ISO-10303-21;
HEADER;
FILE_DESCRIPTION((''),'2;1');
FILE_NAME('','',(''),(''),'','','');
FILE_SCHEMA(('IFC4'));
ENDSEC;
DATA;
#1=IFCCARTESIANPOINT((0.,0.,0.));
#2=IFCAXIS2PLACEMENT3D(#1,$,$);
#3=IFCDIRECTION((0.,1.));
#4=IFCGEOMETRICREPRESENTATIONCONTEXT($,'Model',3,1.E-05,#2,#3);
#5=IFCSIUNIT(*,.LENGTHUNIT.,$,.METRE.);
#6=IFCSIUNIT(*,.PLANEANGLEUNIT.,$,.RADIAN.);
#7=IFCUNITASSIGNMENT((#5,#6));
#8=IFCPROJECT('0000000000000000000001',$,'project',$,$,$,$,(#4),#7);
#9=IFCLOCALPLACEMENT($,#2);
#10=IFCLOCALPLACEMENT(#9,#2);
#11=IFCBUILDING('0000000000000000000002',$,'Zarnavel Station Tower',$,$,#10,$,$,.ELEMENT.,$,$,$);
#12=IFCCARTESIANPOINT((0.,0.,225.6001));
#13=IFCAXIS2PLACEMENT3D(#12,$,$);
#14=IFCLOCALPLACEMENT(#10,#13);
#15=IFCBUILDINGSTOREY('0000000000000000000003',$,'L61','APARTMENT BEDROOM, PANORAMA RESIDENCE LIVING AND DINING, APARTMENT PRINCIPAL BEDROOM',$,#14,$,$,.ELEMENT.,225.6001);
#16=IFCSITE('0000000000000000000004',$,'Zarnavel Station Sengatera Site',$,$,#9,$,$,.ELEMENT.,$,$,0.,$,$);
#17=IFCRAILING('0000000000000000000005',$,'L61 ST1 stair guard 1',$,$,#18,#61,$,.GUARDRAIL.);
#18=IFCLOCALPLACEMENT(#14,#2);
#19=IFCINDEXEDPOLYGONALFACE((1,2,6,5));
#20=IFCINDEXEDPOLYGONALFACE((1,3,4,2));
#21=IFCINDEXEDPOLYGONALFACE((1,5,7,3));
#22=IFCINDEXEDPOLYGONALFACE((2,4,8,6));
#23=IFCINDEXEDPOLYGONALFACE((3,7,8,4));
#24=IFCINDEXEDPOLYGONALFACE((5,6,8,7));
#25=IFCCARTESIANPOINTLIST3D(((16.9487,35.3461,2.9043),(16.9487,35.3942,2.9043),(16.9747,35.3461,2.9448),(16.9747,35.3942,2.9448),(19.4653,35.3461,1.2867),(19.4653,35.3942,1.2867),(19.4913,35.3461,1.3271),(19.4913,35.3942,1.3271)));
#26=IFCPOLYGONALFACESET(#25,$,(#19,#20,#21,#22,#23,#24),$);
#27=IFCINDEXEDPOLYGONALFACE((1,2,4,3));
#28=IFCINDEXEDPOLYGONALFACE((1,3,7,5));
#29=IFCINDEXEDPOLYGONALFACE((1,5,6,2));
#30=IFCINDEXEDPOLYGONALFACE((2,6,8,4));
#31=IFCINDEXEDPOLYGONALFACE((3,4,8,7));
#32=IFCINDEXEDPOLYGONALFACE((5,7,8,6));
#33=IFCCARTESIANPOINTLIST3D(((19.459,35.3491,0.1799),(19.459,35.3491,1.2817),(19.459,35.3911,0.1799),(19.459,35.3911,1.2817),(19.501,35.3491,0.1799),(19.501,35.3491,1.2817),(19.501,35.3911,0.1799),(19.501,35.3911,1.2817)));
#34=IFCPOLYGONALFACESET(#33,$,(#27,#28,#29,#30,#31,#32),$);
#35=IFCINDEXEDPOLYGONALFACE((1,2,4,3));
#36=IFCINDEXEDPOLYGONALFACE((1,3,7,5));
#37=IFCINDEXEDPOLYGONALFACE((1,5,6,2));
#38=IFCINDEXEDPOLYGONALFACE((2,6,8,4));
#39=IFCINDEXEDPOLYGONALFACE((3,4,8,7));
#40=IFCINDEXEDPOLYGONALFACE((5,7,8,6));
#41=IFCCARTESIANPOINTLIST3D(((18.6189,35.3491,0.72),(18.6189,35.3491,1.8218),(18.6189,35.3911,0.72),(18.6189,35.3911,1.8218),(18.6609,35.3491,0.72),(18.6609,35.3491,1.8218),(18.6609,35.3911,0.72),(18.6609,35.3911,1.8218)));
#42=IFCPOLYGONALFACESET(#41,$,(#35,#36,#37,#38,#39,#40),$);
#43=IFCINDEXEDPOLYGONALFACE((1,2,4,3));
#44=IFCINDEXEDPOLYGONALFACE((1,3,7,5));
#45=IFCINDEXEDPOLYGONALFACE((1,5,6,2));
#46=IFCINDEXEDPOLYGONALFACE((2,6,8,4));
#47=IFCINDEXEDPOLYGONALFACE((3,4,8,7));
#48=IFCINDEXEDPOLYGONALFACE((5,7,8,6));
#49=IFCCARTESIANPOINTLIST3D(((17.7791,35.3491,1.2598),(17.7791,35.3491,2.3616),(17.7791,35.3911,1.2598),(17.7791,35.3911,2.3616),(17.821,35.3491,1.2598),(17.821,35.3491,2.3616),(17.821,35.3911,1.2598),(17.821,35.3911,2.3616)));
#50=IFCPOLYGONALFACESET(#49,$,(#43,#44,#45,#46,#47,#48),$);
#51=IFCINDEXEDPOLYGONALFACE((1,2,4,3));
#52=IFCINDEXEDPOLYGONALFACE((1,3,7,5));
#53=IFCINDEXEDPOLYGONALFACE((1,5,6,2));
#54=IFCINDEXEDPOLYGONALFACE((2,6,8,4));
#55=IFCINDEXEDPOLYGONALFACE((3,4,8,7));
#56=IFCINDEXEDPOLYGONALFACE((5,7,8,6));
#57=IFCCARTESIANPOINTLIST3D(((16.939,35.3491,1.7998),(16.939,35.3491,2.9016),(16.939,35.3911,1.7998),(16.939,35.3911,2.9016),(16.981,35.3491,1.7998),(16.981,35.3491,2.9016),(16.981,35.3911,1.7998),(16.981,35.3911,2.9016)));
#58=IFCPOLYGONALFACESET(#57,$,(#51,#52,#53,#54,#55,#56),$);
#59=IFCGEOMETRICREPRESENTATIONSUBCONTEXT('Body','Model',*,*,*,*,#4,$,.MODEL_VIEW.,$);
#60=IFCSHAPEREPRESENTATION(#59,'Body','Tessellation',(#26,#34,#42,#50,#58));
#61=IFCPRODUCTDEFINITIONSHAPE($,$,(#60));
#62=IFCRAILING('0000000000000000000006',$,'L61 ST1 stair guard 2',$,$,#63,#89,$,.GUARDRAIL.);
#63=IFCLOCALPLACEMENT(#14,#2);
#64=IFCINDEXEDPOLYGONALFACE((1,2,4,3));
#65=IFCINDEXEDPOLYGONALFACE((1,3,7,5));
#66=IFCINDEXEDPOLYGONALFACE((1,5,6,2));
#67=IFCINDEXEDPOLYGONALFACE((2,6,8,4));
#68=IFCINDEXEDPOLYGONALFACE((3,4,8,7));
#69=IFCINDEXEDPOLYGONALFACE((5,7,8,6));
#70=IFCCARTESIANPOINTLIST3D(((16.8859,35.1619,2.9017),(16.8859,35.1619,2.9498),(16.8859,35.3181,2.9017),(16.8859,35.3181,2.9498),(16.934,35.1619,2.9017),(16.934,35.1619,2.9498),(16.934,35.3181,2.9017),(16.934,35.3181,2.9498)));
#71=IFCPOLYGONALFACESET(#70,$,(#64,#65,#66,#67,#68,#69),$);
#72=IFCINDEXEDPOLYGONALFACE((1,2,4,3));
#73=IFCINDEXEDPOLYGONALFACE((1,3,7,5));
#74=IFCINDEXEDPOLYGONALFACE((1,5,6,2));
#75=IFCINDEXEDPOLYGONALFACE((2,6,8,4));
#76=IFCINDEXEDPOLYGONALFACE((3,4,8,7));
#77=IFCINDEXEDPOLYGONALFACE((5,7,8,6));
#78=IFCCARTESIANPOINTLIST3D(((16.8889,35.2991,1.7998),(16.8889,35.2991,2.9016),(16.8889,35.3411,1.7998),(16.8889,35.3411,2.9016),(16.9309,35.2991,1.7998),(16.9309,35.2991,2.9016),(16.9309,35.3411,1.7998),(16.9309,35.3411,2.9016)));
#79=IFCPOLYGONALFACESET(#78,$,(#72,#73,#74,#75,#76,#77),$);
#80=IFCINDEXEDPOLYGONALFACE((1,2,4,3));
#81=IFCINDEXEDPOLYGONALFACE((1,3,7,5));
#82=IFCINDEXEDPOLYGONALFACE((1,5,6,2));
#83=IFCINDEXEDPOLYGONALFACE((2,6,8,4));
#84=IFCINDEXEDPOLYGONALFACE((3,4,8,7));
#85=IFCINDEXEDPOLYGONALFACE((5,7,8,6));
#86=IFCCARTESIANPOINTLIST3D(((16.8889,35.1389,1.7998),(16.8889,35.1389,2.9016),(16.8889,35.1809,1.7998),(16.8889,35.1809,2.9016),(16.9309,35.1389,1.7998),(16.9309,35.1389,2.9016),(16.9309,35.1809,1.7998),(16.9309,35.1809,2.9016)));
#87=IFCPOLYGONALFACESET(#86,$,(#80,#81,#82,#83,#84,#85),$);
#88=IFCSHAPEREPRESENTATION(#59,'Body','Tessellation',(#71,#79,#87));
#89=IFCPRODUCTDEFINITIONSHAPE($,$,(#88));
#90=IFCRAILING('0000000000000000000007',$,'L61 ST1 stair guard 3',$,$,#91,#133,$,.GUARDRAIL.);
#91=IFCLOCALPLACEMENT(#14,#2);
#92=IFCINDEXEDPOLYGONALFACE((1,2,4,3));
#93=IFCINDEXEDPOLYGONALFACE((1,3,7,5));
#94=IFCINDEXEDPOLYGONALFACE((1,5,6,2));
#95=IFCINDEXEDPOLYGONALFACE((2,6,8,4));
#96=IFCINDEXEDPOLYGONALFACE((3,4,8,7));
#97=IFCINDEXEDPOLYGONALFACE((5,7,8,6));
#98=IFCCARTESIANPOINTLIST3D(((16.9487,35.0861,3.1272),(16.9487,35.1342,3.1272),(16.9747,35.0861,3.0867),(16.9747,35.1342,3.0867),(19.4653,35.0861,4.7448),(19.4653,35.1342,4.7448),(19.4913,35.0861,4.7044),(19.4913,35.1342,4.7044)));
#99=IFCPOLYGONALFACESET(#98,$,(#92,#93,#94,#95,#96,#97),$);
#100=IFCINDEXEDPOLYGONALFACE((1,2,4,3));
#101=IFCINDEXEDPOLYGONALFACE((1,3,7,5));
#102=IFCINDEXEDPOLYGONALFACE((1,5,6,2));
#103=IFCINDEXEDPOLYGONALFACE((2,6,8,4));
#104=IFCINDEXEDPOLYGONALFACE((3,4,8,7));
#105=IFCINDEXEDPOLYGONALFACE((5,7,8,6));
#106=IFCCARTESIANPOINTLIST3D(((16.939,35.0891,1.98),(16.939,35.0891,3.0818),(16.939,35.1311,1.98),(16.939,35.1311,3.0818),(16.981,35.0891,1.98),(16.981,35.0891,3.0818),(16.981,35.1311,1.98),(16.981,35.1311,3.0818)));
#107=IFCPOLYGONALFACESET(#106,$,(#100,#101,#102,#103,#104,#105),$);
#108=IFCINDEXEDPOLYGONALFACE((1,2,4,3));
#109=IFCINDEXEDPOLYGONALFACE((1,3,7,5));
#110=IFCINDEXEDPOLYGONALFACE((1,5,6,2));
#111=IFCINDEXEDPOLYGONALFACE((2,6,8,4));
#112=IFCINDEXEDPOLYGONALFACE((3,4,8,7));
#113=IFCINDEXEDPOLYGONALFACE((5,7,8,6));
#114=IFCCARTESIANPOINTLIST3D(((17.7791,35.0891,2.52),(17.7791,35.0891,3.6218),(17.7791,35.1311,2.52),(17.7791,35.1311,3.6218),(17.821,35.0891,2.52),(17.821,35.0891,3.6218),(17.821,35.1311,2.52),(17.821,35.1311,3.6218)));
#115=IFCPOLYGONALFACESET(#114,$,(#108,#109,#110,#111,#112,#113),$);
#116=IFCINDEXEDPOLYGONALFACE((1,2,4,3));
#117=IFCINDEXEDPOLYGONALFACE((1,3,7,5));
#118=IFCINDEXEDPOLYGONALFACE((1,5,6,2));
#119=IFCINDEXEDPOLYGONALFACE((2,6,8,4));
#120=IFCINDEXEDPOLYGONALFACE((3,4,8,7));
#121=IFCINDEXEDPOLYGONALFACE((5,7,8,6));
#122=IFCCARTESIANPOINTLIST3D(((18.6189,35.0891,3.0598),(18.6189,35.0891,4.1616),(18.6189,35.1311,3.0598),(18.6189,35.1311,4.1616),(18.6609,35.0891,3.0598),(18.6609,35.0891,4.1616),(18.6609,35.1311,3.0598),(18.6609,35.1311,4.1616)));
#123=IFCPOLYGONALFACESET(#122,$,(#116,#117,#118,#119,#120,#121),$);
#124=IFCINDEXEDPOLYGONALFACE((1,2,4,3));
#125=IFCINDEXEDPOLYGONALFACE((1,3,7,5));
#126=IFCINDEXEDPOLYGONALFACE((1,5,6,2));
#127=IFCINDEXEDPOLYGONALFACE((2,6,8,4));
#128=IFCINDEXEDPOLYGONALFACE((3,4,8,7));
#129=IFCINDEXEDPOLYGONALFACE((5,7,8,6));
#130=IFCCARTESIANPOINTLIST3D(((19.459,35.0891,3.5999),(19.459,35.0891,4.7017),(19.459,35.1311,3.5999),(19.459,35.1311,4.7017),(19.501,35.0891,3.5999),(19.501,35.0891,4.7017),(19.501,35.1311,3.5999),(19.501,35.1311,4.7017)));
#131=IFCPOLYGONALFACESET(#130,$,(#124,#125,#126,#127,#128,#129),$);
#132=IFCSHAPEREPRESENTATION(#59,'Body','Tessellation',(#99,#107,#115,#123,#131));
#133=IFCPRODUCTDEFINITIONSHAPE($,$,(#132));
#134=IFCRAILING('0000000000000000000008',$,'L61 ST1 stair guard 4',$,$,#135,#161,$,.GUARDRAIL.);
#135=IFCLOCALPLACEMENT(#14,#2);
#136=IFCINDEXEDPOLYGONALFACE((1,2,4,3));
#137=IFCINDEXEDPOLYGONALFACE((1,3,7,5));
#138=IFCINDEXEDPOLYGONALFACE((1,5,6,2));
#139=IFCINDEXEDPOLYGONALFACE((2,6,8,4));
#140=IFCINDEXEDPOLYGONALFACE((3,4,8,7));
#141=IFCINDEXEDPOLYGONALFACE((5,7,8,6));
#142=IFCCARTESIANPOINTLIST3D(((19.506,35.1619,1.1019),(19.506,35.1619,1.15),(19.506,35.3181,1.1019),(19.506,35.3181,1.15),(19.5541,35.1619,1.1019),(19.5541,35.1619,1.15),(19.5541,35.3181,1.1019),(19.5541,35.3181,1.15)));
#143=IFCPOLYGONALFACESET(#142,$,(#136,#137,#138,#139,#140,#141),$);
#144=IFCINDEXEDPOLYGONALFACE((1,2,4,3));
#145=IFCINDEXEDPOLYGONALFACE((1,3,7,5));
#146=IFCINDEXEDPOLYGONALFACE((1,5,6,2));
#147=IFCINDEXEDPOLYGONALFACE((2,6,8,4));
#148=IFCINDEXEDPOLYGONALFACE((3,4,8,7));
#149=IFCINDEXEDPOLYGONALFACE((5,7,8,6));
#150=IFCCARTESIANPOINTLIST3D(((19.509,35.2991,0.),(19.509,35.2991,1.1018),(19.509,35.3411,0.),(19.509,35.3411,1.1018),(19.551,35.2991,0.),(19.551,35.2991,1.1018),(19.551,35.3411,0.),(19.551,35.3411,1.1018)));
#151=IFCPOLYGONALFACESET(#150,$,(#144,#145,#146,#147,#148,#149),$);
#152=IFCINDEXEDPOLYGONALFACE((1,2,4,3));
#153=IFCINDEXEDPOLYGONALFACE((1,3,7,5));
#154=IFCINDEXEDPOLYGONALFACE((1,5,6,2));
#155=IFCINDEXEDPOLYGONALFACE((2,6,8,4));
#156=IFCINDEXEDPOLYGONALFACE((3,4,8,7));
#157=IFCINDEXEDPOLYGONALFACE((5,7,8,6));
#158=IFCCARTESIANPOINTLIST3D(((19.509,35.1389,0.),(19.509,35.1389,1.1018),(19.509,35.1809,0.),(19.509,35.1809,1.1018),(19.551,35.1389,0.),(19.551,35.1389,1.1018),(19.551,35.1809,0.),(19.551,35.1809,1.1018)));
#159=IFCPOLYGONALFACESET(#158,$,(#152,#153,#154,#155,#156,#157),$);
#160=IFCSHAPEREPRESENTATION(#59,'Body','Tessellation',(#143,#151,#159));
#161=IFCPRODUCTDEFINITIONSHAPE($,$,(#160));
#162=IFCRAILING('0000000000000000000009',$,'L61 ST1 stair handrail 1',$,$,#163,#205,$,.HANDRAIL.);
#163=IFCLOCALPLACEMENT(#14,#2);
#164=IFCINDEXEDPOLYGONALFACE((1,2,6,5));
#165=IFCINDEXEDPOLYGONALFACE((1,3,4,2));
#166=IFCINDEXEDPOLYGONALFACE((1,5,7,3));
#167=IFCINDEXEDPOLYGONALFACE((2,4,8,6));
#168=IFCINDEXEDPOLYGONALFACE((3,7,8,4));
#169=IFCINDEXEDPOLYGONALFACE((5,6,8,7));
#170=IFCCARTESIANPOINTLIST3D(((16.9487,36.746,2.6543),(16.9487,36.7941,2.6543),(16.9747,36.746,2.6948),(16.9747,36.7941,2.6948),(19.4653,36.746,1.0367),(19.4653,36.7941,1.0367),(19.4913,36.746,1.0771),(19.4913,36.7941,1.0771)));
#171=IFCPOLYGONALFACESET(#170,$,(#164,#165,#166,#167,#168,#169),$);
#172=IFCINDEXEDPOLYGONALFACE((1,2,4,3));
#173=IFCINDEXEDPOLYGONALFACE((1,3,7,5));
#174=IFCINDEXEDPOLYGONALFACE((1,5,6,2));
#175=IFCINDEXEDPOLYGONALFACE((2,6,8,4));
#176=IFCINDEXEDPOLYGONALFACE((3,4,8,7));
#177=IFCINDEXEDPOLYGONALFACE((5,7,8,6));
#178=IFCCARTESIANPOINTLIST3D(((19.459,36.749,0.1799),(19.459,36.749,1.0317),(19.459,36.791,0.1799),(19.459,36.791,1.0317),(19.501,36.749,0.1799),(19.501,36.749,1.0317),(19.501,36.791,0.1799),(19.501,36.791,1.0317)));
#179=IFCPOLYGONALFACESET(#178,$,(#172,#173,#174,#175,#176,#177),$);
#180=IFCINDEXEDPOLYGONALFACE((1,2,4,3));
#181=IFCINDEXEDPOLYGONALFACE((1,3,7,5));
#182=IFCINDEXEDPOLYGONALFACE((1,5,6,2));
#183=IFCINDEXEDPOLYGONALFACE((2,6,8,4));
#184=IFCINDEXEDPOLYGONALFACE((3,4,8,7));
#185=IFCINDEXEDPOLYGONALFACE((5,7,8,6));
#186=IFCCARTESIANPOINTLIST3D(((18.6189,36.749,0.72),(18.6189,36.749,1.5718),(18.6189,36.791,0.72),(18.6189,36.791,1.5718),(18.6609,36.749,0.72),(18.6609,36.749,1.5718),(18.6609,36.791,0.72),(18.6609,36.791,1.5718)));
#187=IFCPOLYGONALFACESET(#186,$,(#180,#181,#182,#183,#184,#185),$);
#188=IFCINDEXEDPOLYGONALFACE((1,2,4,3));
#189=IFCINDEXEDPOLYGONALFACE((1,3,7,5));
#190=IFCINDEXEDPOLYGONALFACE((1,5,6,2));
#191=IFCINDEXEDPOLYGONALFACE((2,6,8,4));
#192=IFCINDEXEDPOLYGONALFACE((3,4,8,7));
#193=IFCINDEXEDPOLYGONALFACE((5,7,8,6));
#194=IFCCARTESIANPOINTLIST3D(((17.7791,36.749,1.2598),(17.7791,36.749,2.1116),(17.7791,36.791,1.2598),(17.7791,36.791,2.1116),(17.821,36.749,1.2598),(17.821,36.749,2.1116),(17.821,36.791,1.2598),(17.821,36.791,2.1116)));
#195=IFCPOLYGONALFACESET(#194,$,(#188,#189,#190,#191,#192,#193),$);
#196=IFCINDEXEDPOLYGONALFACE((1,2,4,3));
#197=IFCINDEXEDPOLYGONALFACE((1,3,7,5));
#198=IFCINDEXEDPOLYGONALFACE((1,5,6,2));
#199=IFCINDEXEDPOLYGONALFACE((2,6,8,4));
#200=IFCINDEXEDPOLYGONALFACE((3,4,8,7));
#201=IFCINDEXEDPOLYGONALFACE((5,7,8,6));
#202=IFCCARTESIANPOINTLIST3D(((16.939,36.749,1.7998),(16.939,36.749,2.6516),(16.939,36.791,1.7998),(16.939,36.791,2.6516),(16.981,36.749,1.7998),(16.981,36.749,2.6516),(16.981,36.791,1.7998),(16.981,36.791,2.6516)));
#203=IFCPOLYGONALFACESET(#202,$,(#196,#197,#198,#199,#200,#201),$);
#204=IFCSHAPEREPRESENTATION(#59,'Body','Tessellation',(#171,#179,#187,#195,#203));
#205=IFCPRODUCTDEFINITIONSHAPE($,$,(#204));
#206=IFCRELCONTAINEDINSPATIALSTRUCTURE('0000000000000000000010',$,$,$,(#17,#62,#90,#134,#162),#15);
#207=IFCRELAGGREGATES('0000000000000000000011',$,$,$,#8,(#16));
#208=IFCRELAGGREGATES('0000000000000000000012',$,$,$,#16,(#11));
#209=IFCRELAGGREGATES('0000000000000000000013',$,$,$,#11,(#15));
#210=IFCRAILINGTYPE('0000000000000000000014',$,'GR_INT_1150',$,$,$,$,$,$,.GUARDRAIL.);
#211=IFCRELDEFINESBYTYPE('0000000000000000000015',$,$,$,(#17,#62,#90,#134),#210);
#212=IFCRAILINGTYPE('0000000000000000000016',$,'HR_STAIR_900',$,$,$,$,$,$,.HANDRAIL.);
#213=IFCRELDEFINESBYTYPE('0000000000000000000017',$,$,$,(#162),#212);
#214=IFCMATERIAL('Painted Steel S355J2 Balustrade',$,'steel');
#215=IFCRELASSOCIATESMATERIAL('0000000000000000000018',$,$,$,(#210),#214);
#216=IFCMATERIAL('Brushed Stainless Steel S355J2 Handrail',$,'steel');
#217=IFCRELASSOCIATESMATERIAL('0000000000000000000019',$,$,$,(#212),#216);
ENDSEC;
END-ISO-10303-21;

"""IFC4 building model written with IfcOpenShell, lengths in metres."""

from ifc_helpers import new_model, si_unit, direction, frame, origin, origin_2d, place, context, subcontext, project, spatial, rectangle, extrude, material, type_object, element, save


model = new_model("IFC4")

# Units and contexts
model_context = context("Model", 3, precision=1e-05, world=origin(), true_north=direction((0.0, 1.0)))
body_context = subcontext(model_context, "Body", "Model", "MODEL_VIEW")
ifc_project = project(units=[si_unit("LENGTHUNIT", "METRE"), si_unit("PLANEANGLEUNIT", "RADIAN")], contexts=[model_context])

# Site, building, storey
site_placement = place(None, origin())
site = spatial("IfcSite", under=ifc_project, at=site_placement, Name="Zarnavel Station Sengatera Site", CompositionType="ELEMENT", RefElevation=0.0)
building_placement = place(site_placement, origin())
building = spatial("IfcBuilding", under=site, at=building_placement, Name="Zarnavel Station Tower", CompositionType="ELEMENT")
storey_placement = place(building_placement, frame((0.0, 0.0, 225.6001)))
storey = spatial("IfcBuildingStorey", under=building, at=storey_placement, Name="L61", Description="APARTMENT BEDROOM, PANORAMA RESIDENCE LIVING AND DINING, APARTMENT PRINCIPAL BEDROOM", CompositionType="ELEMENT", Elevation=225.6001)

# Railings
ifc_material_1 = material(Name="Painted Steel S355J2 Balustrade", Category="steel")
railing_type_1 = type_object("IfcRailingType", Name="GR_INT_1150", PredefinedType="GUARDRAIL", material=ifc_material_1)
railing_1_placement = place(storey_placement, frame((19.48, 35.3701, 0.1799)))
element("IfcRailing", 1, at=railing_1_placement, inside=storey, type_object=railing_type_1, Name="L61 ST1 stair guard 1", PredefinedType="GUARDRAIL", context=body_context, shape_type="SweptSolid", body=[
    extrude(rectangle(XDim=0.0481, YDim=0.0481, at=origin_2d()), frame((-0.0017, 0.0, 1.127), z_axis=(-0.8412, 0.0, 0.540725), x_axis=(0.0, -1.0, 0.0)), (0.0, 0.0, 1.0), 2.9917),
    extrude(rectangle(XDim=0.042, YDim=0.042, at=origin_2d()), origin(), (0.0, 0.0, 1.0), 1.1018),
    extrude(rectangle(XDim=0.042, YDim=0.042, at=origin_2d()), frame((-0.8401, 0.0, 0.54)), (0.0, 0.0, 1.0), 1.1018),
    extrude(rectangle(XDim=0.042, YDim=0.042, at=origin_2d()), frame((-1.6799, 0.0, 1.0798)), (0.0, 0.0, 1.0), 1.1018),
    extrude(rectangle(XDim=0.042, YDim=0.042, at=origin_2d()), frame((-2.52, 0.0, 1.6199)), (0.0, 0.0, 1.0), 1.1018),
])
railing_2_placement = place(storey_placement, frame((16.9099, 35.3201, 1.7998)))
element("IfcRailing", 2, at=railing_2_placement, inside=storey, type_object=railing_type_1, Name="L61 ST1 stair guard 2", PredefinedType="GUARDRAIL", context=body_context, shape_type="SweptSolid", body=[
    extrude(rectangle(XDim=0.0481, YDim=0.0481, at=origin_2d()), frame((0.0, -0.002, 1.126), z_axis=(0.0, -1.0, 0.0), x_axis=(1.0, 0.0, 0.0)), (0.0, 0.0, 1.0), 0.1562),
    extrude(rectangle(XDim=0.042, YDim=0.042, at=origin_2d()), origin(), (0.0, 0.0, 1.0), 1.1018),
    extrude(rectangle(XDim=0.042, YDim=0.042, at=origin_2d()), frame((0.0, -0.1602, 0.0)), (0.0, 0.0, 1.0), 1.1018),
])
railing_3_placement = place(storey_placement, frame((16.96, 35.1101, 1.98)))
element("IfcRailing", 3, at=railing_3_placement, inside=storey, type_object=railing_type_1, Name="L61 ST1 stair guard 3", PredefinedType="GUARDRAIL", context=body_context, shape_type="SweptSolid", body=[
    extrude(rectangle(XDim=0.0481, YDim=0.0481, at=origin_2d()), frame((0.0017, 0.0, 1.127), z_axis=(0.8412, 0.0, 0.540725), x_axis=(0.0, 1.0, 0.0)), (0.0, 0.0, 1.0), 2.9917),
    extrude(rectangle(XDim=0.042, YDim=0.042, at=origin_2d()), origin(), (0.0, 0.0, 1.0), 1.1018),
    extrude(rectangle(XDim=0.042, YDim=0.042, at=origin_2d()), frame((0.8401, 0.0, 0.54)), (0.0, 0.0, 1.0), 1.1018),
    extrude(rectangle(XDim=0.042, YDim=0.042, at=origin_2d()), frame((1.6799, 0.0, 1.0798)), (0.0, 0.0, 1.0), 1.1018),
    extrude(rectangle(XDim=0.042, YDim=0.042, at=origin_2d()), frame((2.52, 0.0, 1.6199)), (0.0, 0.0, 1.0), 1.1018),
])
railing_4_placement = place(storey_placement, frame((19.53, 35.3201, 0.0)))
element("IfcRailing", 4, at=railing_4_placement, inside=storey, type_object=railing_type_1, Name="L61 ST1 stair guard 4", PredefinedType="GUARDRAIL", context=body_context, shape_type="SweptSolid", body=[
    extrude(rectangle(XDim=0.0481, YDim=0.0481, at=origin_2d()), frame((0.0, -0.002, 1.126), z_axis=(0.0, -1.0, 0.0), x_axis=(1.0, 0.0, 0.0)), (0.0, 0.0, 1.0), 0.1562),
    extrude(rectangle(XDim=0.042, YDim=0.042, at=origin_2d()), origin(), (0.0, 0.0, 1.0), 1.1018),
    extrude(rectangle(XDim=0.042, YDim=0.042, at=origin_2d()), frame((0.0, -0.1602, 0.0)), (0.0, 0.0, 1.0), 1.1018),
])
ifc_material_2 = material(Name="Brushed Stainless Steel S355J2 Handrail", Category="steel")
railing_type_2 = type_object("IfcRailingType", Name="HR_STAIR_900", PredefinedType="HANDRAIL", material=ifc_material_2)
railing_5_placement = place(storey_placement, frame((19.48, 36.77, 0.1799)))
element("IfcRailing", 5, at=railing_5_placement, inside=storey, type_object=railing_type_2, Name="L61 ST1 stair handrail 1", PredefinedType="HANDRAIL", context=body_context, shape_type="SweptSolid", body=[
    extrude(rectangle(XDim=0.0481, YDim=0.0481, at=origin_2d()), frame((-0.0017, 0.0, 0.877), z_axis=(-0.8412, 0.0, 0.540725), x_axis=(0.0, -1.0, 0.0)), (0.0, 0.0, 1.0), 2.9917),
    extrude(rectangle(XDim=0.042, YDim=0.042, at=origin_2d()), origin(), (0.0, 0.0, 1.0), 0.8518),
    extrude(rectangle(XDim=0.042, YDim=0.042, at=origin_2d()), frame((-0.8401, 0.0, 0.54)), (0.0, 0.0, 1.0), 0.8518),
    extrude(rectangle(XDim=0.042, YDim=0.042, at=origin_2d()), frame((-1.6799, 0.0, 1.0798)), (0.0, 0.0, 1.0), 0.8518),
    extrude(rectangle(XDim=0.042, YDim=0.042, at=origin_2d()), frame((-2.52, 0.0, 1.6199)), (0.0, 0.0, 1.0), 0.8518),
])

save(model, "model.ifc")
